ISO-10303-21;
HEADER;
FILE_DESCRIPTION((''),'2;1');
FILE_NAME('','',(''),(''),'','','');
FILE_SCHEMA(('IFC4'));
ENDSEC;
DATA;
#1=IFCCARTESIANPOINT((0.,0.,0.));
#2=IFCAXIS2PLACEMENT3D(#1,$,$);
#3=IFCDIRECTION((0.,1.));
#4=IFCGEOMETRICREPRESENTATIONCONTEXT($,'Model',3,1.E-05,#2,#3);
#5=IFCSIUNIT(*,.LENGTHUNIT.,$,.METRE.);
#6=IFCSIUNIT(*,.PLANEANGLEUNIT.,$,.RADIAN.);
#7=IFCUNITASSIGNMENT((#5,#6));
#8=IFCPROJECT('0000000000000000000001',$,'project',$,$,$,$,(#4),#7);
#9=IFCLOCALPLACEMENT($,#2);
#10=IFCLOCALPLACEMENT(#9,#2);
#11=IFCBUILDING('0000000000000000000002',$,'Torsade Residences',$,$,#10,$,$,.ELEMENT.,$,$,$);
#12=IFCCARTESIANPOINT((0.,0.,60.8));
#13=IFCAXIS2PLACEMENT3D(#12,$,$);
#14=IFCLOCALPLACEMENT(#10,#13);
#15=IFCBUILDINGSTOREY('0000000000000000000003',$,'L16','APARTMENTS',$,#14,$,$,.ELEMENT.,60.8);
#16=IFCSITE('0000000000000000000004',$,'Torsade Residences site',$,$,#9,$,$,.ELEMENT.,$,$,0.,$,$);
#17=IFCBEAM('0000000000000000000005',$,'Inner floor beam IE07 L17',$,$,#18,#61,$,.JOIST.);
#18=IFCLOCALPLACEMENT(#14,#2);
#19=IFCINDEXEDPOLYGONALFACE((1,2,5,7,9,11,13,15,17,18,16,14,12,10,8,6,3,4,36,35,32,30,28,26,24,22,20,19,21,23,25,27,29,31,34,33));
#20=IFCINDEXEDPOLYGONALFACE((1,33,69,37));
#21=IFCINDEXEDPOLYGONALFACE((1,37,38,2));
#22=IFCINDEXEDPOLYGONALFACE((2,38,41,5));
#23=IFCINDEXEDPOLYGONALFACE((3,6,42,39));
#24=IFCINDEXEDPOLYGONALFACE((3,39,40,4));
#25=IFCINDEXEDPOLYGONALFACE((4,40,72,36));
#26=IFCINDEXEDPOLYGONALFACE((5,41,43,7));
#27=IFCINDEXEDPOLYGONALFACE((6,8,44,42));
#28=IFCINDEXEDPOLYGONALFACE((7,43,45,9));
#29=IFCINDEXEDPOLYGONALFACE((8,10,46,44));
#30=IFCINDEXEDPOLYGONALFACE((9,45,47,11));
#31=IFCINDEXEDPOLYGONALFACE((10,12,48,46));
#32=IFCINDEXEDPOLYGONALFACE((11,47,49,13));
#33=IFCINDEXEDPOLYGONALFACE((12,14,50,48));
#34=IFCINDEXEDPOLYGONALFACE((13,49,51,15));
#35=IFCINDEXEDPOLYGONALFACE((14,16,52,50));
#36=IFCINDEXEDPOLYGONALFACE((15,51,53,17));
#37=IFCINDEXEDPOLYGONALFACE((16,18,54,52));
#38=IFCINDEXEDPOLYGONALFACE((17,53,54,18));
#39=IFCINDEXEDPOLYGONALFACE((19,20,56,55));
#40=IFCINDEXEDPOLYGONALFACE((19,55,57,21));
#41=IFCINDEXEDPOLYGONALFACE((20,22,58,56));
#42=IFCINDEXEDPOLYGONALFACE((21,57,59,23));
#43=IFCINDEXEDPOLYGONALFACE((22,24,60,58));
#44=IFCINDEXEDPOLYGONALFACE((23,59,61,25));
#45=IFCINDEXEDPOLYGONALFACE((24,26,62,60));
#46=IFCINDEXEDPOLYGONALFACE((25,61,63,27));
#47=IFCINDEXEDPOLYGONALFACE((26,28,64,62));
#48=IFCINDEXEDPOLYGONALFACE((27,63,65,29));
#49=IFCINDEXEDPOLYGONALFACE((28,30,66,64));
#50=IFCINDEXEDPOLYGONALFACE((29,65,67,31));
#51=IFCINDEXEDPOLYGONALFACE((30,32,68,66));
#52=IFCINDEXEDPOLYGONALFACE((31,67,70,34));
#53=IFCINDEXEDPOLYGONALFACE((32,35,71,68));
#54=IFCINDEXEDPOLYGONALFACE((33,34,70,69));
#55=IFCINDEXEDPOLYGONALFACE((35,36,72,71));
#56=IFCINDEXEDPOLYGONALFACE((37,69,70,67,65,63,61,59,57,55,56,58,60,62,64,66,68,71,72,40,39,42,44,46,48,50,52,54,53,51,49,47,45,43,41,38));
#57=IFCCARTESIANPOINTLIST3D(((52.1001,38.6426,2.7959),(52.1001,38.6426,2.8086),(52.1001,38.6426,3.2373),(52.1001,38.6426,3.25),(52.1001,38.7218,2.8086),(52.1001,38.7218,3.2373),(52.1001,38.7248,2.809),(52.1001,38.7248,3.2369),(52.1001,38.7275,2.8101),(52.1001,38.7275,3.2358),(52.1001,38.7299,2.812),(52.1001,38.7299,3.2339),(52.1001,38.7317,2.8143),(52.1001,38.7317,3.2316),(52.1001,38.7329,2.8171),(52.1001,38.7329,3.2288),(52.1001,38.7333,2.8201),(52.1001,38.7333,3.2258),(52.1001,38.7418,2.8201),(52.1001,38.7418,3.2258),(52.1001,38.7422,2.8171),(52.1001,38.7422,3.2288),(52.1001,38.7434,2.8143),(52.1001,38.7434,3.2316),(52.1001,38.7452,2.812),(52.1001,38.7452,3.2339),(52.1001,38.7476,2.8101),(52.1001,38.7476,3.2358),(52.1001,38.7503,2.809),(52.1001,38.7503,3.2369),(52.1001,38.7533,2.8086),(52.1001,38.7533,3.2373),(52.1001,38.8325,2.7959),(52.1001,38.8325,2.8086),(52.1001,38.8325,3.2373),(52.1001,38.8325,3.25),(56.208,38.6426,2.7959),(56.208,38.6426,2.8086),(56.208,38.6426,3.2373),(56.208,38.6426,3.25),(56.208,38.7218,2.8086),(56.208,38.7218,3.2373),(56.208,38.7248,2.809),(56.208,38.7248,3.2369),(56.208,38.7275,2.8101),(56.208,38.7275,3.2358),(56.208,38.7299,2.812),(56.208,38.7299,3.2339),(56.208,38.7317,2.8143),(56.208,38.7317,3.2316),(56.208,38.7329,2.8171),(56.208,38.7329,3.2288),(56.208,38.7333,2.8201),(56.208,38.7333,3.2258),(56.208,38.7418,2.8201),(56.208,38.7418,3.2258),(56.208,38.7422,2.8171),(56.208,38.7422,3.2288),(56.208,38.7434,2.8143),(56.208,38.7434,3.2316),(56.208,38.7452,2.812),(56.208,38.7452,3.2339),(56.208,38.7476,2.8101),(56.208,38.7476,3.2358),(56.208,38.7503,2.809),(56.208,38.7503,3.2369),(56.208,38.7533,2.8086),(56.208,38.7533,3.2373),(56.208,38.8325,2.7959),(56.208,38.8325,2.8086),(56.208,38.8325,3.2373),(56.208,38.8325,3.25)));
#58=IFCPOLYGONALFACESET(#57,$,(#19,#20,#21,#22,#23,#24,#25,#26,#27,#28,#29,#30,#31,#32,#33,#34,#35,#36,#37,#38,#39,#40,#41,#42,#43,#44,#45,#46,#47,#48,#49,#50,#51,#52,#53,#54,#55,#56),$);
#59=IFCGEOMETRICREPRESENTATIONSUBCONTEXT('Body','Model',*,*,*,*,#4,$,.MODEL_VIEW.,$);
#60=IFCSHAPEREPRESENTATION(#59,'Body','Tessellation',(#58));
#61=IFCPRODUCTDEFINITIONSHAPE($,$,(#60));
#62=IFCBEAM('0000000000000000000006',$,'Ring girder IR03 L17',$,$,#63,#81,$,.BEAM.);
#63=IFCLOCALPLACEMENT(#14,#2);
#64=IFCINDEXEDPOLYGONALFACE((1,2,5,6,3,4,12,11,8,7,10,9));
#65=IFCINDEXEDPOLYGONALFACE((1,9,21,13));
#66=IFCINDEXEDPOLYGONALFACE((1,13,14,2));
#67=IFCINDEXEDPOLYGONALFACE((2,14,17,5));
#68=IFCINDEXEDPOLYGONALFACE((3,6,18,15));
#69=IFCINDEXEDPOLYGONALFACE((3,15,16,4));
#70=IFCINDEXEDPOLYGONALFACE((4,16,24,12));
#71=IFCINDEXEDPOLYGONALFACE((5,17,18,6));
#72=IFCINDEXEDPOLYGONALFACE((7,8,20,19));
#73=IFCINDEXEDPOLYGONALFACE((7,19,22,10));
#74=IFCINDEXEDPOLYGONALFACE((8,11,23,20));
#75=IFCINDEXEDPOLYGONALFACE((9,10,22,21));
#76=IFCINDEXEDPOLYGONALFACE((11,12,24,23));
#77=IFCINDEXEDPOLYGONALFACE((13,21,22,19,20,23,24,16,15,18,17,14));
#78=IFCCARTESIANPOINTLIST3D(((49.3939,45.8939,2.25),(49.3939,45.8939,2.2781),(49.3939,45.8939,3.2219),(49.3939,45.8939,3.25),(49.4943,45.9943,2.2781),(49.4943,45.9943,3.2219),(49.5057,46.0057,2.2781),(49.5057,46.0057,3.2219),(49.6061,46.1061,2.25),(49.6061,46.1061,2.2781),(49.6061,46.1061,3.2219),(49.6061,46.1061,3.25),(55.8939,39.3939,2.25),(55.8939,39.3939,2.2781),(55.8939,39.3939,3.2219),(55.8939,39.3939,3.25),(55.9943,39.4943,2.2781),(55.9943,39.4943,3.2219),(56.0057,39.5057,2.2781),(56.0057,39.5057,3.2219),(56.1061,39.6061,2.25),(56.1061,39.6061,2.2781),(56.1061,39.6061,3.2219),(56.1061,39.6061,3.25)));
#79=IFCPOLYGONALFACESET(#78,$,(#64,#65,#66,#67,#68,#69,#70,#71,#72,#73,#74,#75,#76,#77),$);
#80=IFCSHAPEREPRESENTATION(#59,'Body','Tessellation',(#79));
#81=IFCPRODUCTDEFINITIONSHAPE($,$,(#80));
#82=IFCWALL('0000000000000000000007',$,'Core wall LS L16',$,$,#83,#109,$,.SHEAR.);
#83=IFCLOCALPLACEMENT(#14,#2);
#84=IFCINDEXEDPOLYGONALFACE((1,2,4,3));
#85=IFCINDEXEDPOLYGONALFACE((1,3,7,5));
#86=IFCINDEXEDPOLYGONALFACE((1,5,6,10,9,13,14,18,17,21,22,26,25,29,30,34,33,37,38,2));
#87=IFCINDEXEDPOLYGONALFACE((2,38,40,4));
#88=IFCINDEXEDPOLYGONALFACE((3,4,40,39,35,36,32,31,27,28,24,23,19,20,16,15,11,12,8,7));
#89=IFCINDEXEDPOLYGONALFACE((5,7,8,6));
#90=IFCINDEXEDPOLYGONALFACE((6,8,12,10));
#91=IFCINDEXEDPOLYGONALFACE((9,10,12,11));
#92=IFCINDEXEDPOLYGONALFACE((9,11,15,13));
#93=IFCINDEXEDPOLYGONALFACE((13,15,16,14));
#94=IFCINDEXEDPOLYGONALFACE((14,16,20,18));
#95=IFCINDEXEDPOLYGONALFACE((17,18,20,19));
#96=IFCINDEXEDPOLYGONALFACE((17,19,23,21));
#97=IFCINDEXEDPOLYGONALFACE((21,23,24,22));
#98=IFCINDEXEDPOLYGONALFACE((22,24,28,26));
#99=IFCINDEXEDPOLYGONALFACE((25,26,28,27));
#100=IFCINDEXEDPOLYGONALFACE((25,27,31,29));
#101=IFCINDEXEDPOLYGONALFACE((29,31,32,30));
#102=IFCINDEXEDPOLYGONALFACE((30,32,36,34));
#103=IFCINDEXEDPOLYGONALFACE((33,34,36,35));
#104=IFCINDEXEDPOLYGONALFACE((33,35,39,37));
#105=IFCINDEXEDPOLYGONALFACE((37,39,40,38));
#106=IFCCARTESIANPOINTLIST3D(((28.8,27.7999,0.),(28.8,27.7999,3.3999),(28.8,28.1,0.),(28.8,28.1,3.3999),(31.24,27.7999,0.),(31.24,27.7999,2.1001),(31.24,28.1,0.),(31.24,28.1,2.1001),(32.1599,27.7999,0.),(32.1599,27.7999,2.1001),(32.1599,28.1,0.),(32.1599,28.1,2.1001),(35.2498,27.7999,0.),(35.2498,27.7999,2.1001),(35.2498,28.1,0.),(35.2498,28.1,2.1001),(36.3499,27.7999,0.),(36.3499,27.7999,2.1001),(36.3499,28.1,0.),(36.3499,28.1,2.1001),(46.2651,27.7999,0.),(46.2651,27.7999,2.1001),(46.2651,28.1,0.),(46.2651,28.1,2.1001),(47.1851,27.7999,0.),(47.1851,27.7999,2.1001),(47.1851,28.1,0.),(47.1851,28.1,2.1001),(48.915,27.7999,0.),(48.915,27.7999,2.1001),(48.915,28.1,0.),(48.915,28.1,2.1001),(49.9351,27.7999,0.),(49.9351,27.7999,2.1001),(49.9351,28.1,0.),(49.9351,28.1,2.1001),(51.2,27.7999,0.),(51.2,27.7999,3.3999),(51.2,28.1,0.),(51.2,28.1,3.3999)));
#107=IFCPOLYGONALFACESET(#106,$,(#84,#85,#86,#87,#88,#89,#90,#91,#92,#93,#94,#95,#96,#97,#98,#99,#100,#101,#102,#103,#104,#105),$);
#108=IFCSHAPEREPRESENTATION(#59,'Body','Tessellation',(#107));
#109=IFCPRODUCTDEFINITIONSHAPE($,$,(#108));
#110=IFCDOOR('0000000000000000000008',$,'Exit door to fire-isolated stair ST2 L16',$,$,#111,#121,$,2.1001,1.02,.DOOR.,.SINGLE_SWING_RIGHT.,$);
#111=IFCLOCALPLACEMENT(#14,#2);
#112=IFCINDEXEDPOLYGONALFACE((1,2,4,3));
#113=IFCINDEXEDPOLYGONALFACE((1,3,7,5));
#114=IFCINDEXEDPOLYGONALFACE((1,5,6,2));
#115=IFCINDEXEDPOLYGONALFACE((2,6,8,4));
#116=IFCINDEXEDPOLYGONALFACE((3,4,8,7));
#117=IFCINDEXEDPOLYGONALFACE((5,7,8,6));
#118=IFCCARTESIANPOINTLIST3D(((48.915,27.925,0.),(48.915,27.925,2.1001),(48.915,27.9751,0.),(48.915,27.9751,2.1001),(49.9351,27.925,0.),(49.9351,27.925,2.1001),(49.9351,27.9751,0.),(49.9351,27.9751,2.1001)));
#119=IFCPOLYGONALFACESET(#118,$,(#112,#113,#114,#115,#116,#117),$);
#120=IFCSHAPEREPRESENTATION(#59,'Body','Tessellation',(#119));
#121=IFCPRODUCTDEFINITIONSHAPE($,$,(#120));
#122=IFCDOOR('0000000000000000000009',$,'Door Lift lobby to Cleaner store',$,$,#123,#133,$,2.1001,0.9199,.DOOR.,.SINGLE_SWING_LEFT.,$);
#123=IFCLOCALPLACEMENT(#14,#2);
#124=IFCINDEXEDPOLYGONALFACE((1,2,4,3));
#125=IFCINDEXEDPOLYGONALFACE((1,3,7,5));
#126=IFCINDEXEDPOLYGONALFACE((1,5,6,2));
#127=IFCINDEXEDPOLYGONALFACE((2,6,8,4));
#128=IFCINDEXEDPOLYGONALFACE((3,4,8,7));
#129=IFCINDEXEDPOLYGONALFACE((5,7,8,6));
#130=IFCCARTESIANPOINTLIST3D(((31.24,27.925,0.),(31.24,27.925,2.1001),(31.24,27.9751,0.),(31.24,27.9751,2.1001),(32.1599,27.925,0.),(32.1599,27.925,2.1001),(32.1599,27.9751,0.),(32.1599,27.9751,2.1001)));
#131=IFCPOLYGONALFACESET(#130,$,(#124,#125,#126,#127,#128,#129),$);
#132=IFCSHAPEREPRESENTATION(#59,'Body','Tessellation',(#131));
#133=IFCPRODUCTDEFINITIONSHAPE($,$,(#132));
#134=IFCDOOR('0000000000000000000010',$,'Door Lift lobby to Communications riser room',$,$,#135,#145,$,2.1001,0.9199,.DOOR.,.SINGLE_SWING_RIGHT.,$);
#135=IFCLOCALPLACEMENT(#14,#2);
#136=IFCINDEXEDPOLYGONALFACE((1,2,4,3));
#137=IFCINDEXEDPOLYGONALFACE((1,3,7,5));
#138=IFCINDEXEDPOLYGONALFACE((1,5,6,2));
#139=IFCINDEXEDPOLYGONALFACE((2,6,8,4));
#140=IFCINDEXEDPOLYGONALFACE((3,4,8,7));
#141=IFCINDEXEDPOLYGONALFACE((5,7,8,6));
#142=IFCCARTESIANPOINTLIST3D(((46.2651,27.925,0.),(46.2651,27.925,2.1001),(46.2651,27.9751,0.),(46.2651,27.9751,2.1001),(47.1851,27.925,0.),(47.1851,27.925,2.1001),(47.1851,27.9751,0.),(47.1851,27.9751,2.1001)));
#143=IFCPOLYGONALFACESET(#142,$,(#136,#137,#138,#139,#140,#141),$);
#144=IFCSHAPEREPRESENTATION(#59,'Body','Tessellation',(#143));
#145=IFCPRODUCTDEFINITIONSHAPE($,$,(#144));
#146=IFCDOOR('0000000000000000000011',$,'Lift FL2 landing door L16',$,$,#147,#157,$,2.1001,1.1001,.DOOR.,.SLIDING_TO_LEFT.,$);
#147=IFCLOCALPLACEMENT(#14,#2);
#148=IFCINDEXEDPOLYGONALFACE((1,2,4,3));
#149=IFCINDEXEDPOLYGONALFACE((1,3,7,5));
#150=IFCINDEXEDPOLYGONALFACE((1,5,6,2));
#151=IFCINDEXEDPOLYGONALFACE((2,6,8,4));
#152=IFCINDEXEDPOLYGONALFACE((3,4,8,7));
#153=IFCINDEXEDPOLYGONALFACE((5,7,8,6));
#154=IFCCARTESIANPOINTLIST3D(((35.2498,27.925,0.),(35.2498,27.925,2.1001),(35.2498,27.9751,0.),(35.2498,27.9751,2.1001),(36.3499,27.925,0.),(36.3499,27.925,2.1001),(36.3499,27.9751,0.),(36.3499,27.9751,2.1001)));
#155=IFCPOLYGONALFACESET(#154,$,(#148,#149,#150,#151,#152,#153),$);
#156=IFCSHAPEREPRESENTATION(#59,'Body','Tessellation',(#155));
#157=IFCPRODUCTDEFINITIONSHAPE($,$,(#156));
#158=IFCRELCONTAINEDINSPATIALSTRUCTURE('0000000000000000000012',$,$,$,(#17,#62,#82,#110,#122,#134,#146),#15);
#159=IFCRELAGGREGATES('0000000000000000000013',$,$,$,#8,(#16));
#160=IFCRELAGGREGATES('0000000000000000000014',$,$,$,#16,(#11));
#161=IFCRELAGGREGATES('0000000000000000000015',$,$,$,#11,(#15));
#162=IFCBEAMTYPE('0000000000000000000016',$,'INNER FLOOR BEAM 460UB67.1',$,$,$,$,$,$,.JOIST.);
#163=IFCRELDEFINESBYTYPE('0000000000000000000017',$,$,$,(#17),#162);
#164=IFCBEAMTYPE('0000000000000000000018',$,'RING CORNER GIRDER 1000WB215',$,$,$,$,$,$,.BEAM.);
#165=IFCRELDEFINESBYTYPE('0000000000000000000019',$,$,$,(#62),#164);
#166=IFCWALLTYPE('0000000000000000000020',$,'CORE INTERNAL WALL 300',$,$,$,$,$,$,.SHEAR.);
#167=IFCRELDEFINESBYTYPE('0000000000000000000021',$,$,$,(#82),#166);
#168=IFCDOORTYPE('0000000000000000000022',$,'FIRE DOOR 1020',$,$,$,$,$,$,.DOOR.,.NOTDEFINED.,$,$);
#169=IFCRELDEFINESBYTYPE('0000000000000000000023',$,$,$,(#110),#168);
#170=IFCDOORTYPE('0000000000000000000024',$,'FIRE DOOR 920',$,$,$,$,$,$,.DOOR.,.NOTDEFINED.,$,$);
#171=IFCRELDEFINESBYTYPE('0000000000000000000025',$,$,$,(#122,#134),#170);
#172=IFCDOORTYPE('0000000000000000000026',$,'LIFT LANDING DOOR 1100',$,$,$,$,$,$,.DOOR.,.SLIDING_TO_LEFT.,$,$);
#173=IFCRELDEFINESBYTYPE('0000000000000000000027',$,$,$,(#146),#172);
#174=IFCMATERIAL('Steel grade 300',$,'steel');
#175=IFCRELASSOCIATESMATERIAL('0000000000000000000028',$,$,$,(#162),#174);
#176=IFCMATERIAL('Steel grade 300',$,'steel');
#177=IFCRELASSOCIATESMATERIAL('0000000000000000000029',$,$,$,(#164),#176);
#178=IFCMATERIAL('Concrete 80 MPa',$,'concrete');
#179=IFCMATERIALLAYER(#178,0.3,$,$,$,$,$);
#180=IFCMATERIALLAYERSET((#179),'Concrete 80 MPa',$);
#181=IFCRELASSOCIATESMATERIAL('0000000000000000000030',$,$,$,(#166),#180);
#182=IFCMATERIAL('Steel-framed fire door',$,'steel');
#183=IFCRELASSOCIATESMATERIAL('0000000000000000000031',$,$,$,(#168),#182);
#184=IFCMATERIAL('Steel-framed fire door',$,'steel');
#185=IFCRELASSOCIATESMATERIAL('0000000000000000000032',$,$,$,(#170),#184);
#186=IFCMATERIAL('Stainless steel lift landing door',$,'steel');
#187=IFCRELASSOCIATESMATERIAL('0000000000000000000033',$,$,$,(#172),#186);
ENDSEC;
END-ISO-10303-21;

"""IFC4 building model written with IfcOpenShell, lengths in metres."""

from ifc_helpers import new_model, si_unit, direction, frame, frame_2d, origin, origin_2d, place, context, subcontext, project, spatial, rectangle, i_section, extrude, material, layer, layer_set, material_profile, profile_set, type_object, element, fill, save


model = new_model("IFC4")

# Units and contexts
model_context = context("Model", 3, precision=1e-05, world=origin(), true_north=direction((0.0, 1.0)))
body_context = subcontext(model_context, "Body", "Model", "MODEL_VIEW")
ifc_project = project(units=[si_unit("LENGTHUNIT", "METRE"), si_unit("PLANEANGLEUNIT", "RADIAN")], contexts=[model_context])

# Site, building, storey
site_placement = place(None, origin())
site = spatial("IfcSite", under=ifc_project, at=site_placement, Name="Torsade Residences site", CompositionType="ELEMENT", RefElevation=0.0)
building_placement = place(site_placement, origin())
building = spatial("IfcBuilding", under=site, at=building_placement, Name="Torsade Residences", CompositionType="ELEMENT")
storey_placement = place(building_placement, frame((0.0, 0.0, 60.8)))
storey = spatial("IfcBuildingStorey", under=building, at=storey_placement, Name="L16", Description="APARTMENTS", CompositionType="ELEMENT", Elevation=60.8)

# Beams
ifc_material_1 = material(Name="Steel grade 300", Category="steel")
ifc_material_profile_1 = material_profile(ifc_material_1, i_section(OverallWidth=0.1899, OverallDepth=0.4541, WebThickness=0.0085, FlangeThickness=0.0127, FilletRadius=0.0115, at=origin_2d()), Name="460UB67.1")
ifc_profile_set_1 = profile_set([ifc_material_profile_1], Name="Steel grade 300")
beam_type_1 = type_object("IfcBeamType", Name="INNER FLOOR BEAM 460UB67.1", PredefinedType="JOIST", material=ifc_profile_set_1)
beam_1_placement = place(storey_placement, frame((52.1001, 38.7375, 3.0229), z_axis=(1.0, 0.0, 0.0), x_axis=(0.0, 1.0, 0.0)))
element("IfcBeam", 1, at=beam_1_placement, inside=storey, type_object=beam_type_1, Name="Inner floor beam IE07 L17", PredefinedType="JOIST", context=body_context, shape_type="SweptSolid", body=[
    extrude(i_section(OverallWidth=0.1899, OverallDepth=0.4541, WebThickness=0.0085, FlangeThickness=0.0127, FilletRadius=0.0115, at=origin_2d()), origin(), (0.0, 0.0, 1.0), 4.1079),
])
ifc_material_2 = material(Name="Steel grade 300", Category="steel")
ifc_material_profile_2 = material_profile(ifc_material_2, i_section(OverallWidth=0.3, OverallDepth=1.0, WebThickness=0.0161, FlangeThickness=0.0281, at=origin_2d()), Name="1000WB215")
ifc_profile_set_2 = profile_set([ifc_material_profile_2], Name="Steel grade 300")
beam_type_2 = type_object("IfcBeamType", Name="RING CORNER GIRDER 1000WB215", PredefinedType="BEAM", material=ifc_profile_set_2)
beam_2_placement = place(storey_placement, frame((56.0, 39.5, 2.75), z_axis=(-0.707107, 0.707107, 0.0), x_axis=(-0.707107, -0.707107, 0.0)))
element("IfcBeam", 2, at=beam_2_placement, inside=storey, type_object=beam_type_2, Name="Ring girder IR03 L17", PredefinedType="BEAM", context=body_context, shape_type="SweptSolid", body=[
    extrude(i_section(OverallWidth=0.3, OverallDepth=1.0, WebThickness=0.0161, FlangeThickness=0.0281, at=origin_2d()), origin(), (0.0, 0.0, 1.0), 9.1924),
])

# Wall, openings, doors
ifc_material_3 = material(Name="Concrete 80 MPa", Category="concrete")
ifc_layer_1 = layer(ifc_material_3, 0.3)
ifc_layer_set_1 = layer_set([ifc_layer_1], Name="Concrete 80 MPa")
wall_type_1 = type_object("IfcWallType", Name="CORE INTERNAL WALL 300", PredefinedType="SHEAR", material=ifc_layer_set_1)
wall_1_placement = place(storey_placement, frame((51.2, 27.95, 0.0), z_axis=(0.0, 0.0, 1.0), x_axis=(-1.0, 0.0, 0.0)))
wall_1 = element("IfcWall", 3, at=wall_1_placement, inside=storey, type_object=wall_type_1, Name="Core wall LS L16", PredefinedType="SHEAR", context=body_context, shape_type="SweptSolid", body=[
    extrude(rectangle(XDim=22.3999, YDim=0.3, at=frame_2d((11.2, 0.0))), origin(), (0.0, 0.0, 1.0), 3.3999),
])
opening_1_placement = place(wall_1_placement, frame((19.04, 0.0, 0.0)))
opening_1 = element("IfcOpeningElement", 4, at=opening_1_placement, cuts=wall_1, PredefinedType="OPENING", context=body_context, shape_type="SweptSolid", body=[
    extrude(rectangle(XDim=0.9199, YDim=2.1001, at=frame_2d((0.46, 1.05))), frame((0.0, 0.1599, 0.0), z_axis=(0.0, -1.0, 0.0), x_axis=(1.0, 0.0, 0.0)), (0.0, 0.0, 1.0), 0.3201),
])
opening_2_placement = place(wall_1_placement, frame((1.2649, 0.0, 0.0)))
opening_2 = element("IfcOpeningElement", 5, at=opening_2_placement, cuts=wall_1, PredefinedType="OPENING", context=body_context, shape_type="SweptSolid", body=[
    extrude(rectangle(XDim=1.02, YDim=2.1001, at=frame_2d((0.51, 1.05))), frame((0.0, 0.1599, 0.0), z_axis=(0.0, -1.0, 0.0), x_axis=(1.0, 0.0, 0.0)), (0.0, 0.0, 1.0), 0.3201),
])
opening_3_placement = place(wall_1_placement, frame((4.0149, 0.0, 0.0)))
opening_3 = element("IfcOpeningElement", 6, at=opening_3_placement, cuts=wall_1, PredefinedType="OPENING", context=body_context, shape_type="SweptSolid", body=[
    extrude(rectangle(XDim=0.9199, YDim=2.1001, at=frame_2d((0.46, 1.05))), frame((0.0, 0.1599, 0.0), z_axis=(0.0, -1.0, 0.0), x_axis=(1.0, 0.0, 0.0)), (0.0, 0.0, 1.0), 0.3201),
])
opening_4_placement = place(wall_1_placement, frame((14.8501, 0.0, 0.0)))
opening_4 = element("IfcOpeningElement", 7, at=opening_4_placement, cuts=wall_1, PredefinedType="OPENING", context=body_context, shape_type="SweptSolid", body=[
    extrude(rectangle(XDim=1.1001, YDim=2.1001, at=frame_2d((0.55, 1.05))), frame((0.0, 0.1599, 0.0), z_axis=(0.0, -1.0, 0.0), x_axis=(1.0, 0.0, 0.0)), (0.0, 0.0, 1.0), 0.3201),
])
ifc_material_4 = material(Name="Steel-framed fire door", Category="steel")
door_type_1 = type_object("IfcDoorType", Name="FIRE DOOR 1020", OperationType="NOTDEFINED", PredefinedType="DOOR", material=ifc_material_4)
door_1_placement = place(opening_2_placement, origin())
door_1 = element("IfcDoor", 8, at=door_1_placement, inside=storey, type_object=door_type_1, Name="Exit door to fire-isolated stair ST2 L16", OperationType="SINGLE_SWING_RIGHT", OverallHeight=2.1001, OverallWidth=1.02, PredefinedType="DOOR", context=body_context, shape_type="SweptSolid", body=[
    extrude(rectangle(XDim=1.02, YDim=2.1001, at=frame_2d((0.51, 1.05))), frame((0.0, 0.0249, 0.0), z_axis=(0.0, -1.0, 0.0), x_axis=(1.0, 0.0, 0.0)), (0.0, 0.0, 1.0), 0.05),
])
fill(opening_2, door_1)
ifc_material_5 = material(Name="Steel-framed fire door", Category="steel")
door_type_2 = type_object("IfcDoorType", Name="FIRE DOOR 920", OperationType="NOTDEFINED", PredefinedType="DOOR", material=ifc_material_5)
door_2_placement = place(opening_1_placement, origin())
door_2 = element("IfcDoor", 9, at=door_2_placement, inside=storey, type_object=door_type_2, Name="Door Lift lobby to Cleaner store", OperationType="SINGLE_SWING_LEFT", OverallHeight=2.1001, OverallWidth=0.9199, PredefinedType="DOOR", context=body_context, shape_type="SweptSolid", body=[
    extrude(rectangle(XDim=0.9199, YDim=2.1001, at=frame_2d((0.46, 1.05))), frame((0.0, 0.0249, 0.0), z_axis=(0.0, -1.0, 0.0), x_axis=(1.0, 0.0, 0.0)), (0.0, 0.0, 1.0), 0.05),
])
fill(opening_1, door_2)
door_3_placement = place(opening_3_placement, origin())
door_3 = element("IfcDoor", 10, at=door_3_placement, inside=storey, type_object=door_type_2, Name="Door Lift lobby to Communications riser room", OperationType="SINGLE_SWING_RIGHT", OverallHeight=2.1001, OverallWidth=0.9199, PredefinedType="DOOR", context=body_context, shape_type="SweptSolid", body=[
    extrude(rectangle(XDim=0.9199, YDim=2.1001, at=frame_2d((0.46, 1.05))), frame((0.0, 0.0249, 0.0), z_axis=(0.0, -1.0, 0.0), x_axis=(1.0, 0.0, 0.0)), (0.0, 0.0, 1.0), 0.05),
])
fill(opening_3, door_3)
ifc_material_6 = material(Name="Stainless steel lift landing door", Category="steel")
door_type_3 = type_object("IfcDoorType", Name="LIFT LANDING DOOR 1100", OperationType="SLIDING_TO_LEFT", PredefinedType="DOOR", material=ifc_material_6)
door_4_placement = place(opening_4_placement, origin())
door_4 = element("IfcDoor", 11, at=door_4_placement, inside=storey, type_object=door_type_3, Name="Lift FL2 landing door L16", OperationType="SLIDING_TO_LEFT", OverallHeight=2.1001, OverallWidth=1.1001, PredefinedType="DOOR", context=body_context, shape_type="SweptSolid", body=[
    extrude(rectangle(XDim=1.1001, YDim=2.1001, at=frame_2d((0.55, 1.05))), frame((0.0, 0.0249, 0.0), z_axis=(0.0, -1.0, 0.0), x_axis=(1.0, 0.0, 0.0)), (0.0, 0.0, 1.0), 0.05),
])
fill(opening_4, door_4)

save(model, "model.ifc")
